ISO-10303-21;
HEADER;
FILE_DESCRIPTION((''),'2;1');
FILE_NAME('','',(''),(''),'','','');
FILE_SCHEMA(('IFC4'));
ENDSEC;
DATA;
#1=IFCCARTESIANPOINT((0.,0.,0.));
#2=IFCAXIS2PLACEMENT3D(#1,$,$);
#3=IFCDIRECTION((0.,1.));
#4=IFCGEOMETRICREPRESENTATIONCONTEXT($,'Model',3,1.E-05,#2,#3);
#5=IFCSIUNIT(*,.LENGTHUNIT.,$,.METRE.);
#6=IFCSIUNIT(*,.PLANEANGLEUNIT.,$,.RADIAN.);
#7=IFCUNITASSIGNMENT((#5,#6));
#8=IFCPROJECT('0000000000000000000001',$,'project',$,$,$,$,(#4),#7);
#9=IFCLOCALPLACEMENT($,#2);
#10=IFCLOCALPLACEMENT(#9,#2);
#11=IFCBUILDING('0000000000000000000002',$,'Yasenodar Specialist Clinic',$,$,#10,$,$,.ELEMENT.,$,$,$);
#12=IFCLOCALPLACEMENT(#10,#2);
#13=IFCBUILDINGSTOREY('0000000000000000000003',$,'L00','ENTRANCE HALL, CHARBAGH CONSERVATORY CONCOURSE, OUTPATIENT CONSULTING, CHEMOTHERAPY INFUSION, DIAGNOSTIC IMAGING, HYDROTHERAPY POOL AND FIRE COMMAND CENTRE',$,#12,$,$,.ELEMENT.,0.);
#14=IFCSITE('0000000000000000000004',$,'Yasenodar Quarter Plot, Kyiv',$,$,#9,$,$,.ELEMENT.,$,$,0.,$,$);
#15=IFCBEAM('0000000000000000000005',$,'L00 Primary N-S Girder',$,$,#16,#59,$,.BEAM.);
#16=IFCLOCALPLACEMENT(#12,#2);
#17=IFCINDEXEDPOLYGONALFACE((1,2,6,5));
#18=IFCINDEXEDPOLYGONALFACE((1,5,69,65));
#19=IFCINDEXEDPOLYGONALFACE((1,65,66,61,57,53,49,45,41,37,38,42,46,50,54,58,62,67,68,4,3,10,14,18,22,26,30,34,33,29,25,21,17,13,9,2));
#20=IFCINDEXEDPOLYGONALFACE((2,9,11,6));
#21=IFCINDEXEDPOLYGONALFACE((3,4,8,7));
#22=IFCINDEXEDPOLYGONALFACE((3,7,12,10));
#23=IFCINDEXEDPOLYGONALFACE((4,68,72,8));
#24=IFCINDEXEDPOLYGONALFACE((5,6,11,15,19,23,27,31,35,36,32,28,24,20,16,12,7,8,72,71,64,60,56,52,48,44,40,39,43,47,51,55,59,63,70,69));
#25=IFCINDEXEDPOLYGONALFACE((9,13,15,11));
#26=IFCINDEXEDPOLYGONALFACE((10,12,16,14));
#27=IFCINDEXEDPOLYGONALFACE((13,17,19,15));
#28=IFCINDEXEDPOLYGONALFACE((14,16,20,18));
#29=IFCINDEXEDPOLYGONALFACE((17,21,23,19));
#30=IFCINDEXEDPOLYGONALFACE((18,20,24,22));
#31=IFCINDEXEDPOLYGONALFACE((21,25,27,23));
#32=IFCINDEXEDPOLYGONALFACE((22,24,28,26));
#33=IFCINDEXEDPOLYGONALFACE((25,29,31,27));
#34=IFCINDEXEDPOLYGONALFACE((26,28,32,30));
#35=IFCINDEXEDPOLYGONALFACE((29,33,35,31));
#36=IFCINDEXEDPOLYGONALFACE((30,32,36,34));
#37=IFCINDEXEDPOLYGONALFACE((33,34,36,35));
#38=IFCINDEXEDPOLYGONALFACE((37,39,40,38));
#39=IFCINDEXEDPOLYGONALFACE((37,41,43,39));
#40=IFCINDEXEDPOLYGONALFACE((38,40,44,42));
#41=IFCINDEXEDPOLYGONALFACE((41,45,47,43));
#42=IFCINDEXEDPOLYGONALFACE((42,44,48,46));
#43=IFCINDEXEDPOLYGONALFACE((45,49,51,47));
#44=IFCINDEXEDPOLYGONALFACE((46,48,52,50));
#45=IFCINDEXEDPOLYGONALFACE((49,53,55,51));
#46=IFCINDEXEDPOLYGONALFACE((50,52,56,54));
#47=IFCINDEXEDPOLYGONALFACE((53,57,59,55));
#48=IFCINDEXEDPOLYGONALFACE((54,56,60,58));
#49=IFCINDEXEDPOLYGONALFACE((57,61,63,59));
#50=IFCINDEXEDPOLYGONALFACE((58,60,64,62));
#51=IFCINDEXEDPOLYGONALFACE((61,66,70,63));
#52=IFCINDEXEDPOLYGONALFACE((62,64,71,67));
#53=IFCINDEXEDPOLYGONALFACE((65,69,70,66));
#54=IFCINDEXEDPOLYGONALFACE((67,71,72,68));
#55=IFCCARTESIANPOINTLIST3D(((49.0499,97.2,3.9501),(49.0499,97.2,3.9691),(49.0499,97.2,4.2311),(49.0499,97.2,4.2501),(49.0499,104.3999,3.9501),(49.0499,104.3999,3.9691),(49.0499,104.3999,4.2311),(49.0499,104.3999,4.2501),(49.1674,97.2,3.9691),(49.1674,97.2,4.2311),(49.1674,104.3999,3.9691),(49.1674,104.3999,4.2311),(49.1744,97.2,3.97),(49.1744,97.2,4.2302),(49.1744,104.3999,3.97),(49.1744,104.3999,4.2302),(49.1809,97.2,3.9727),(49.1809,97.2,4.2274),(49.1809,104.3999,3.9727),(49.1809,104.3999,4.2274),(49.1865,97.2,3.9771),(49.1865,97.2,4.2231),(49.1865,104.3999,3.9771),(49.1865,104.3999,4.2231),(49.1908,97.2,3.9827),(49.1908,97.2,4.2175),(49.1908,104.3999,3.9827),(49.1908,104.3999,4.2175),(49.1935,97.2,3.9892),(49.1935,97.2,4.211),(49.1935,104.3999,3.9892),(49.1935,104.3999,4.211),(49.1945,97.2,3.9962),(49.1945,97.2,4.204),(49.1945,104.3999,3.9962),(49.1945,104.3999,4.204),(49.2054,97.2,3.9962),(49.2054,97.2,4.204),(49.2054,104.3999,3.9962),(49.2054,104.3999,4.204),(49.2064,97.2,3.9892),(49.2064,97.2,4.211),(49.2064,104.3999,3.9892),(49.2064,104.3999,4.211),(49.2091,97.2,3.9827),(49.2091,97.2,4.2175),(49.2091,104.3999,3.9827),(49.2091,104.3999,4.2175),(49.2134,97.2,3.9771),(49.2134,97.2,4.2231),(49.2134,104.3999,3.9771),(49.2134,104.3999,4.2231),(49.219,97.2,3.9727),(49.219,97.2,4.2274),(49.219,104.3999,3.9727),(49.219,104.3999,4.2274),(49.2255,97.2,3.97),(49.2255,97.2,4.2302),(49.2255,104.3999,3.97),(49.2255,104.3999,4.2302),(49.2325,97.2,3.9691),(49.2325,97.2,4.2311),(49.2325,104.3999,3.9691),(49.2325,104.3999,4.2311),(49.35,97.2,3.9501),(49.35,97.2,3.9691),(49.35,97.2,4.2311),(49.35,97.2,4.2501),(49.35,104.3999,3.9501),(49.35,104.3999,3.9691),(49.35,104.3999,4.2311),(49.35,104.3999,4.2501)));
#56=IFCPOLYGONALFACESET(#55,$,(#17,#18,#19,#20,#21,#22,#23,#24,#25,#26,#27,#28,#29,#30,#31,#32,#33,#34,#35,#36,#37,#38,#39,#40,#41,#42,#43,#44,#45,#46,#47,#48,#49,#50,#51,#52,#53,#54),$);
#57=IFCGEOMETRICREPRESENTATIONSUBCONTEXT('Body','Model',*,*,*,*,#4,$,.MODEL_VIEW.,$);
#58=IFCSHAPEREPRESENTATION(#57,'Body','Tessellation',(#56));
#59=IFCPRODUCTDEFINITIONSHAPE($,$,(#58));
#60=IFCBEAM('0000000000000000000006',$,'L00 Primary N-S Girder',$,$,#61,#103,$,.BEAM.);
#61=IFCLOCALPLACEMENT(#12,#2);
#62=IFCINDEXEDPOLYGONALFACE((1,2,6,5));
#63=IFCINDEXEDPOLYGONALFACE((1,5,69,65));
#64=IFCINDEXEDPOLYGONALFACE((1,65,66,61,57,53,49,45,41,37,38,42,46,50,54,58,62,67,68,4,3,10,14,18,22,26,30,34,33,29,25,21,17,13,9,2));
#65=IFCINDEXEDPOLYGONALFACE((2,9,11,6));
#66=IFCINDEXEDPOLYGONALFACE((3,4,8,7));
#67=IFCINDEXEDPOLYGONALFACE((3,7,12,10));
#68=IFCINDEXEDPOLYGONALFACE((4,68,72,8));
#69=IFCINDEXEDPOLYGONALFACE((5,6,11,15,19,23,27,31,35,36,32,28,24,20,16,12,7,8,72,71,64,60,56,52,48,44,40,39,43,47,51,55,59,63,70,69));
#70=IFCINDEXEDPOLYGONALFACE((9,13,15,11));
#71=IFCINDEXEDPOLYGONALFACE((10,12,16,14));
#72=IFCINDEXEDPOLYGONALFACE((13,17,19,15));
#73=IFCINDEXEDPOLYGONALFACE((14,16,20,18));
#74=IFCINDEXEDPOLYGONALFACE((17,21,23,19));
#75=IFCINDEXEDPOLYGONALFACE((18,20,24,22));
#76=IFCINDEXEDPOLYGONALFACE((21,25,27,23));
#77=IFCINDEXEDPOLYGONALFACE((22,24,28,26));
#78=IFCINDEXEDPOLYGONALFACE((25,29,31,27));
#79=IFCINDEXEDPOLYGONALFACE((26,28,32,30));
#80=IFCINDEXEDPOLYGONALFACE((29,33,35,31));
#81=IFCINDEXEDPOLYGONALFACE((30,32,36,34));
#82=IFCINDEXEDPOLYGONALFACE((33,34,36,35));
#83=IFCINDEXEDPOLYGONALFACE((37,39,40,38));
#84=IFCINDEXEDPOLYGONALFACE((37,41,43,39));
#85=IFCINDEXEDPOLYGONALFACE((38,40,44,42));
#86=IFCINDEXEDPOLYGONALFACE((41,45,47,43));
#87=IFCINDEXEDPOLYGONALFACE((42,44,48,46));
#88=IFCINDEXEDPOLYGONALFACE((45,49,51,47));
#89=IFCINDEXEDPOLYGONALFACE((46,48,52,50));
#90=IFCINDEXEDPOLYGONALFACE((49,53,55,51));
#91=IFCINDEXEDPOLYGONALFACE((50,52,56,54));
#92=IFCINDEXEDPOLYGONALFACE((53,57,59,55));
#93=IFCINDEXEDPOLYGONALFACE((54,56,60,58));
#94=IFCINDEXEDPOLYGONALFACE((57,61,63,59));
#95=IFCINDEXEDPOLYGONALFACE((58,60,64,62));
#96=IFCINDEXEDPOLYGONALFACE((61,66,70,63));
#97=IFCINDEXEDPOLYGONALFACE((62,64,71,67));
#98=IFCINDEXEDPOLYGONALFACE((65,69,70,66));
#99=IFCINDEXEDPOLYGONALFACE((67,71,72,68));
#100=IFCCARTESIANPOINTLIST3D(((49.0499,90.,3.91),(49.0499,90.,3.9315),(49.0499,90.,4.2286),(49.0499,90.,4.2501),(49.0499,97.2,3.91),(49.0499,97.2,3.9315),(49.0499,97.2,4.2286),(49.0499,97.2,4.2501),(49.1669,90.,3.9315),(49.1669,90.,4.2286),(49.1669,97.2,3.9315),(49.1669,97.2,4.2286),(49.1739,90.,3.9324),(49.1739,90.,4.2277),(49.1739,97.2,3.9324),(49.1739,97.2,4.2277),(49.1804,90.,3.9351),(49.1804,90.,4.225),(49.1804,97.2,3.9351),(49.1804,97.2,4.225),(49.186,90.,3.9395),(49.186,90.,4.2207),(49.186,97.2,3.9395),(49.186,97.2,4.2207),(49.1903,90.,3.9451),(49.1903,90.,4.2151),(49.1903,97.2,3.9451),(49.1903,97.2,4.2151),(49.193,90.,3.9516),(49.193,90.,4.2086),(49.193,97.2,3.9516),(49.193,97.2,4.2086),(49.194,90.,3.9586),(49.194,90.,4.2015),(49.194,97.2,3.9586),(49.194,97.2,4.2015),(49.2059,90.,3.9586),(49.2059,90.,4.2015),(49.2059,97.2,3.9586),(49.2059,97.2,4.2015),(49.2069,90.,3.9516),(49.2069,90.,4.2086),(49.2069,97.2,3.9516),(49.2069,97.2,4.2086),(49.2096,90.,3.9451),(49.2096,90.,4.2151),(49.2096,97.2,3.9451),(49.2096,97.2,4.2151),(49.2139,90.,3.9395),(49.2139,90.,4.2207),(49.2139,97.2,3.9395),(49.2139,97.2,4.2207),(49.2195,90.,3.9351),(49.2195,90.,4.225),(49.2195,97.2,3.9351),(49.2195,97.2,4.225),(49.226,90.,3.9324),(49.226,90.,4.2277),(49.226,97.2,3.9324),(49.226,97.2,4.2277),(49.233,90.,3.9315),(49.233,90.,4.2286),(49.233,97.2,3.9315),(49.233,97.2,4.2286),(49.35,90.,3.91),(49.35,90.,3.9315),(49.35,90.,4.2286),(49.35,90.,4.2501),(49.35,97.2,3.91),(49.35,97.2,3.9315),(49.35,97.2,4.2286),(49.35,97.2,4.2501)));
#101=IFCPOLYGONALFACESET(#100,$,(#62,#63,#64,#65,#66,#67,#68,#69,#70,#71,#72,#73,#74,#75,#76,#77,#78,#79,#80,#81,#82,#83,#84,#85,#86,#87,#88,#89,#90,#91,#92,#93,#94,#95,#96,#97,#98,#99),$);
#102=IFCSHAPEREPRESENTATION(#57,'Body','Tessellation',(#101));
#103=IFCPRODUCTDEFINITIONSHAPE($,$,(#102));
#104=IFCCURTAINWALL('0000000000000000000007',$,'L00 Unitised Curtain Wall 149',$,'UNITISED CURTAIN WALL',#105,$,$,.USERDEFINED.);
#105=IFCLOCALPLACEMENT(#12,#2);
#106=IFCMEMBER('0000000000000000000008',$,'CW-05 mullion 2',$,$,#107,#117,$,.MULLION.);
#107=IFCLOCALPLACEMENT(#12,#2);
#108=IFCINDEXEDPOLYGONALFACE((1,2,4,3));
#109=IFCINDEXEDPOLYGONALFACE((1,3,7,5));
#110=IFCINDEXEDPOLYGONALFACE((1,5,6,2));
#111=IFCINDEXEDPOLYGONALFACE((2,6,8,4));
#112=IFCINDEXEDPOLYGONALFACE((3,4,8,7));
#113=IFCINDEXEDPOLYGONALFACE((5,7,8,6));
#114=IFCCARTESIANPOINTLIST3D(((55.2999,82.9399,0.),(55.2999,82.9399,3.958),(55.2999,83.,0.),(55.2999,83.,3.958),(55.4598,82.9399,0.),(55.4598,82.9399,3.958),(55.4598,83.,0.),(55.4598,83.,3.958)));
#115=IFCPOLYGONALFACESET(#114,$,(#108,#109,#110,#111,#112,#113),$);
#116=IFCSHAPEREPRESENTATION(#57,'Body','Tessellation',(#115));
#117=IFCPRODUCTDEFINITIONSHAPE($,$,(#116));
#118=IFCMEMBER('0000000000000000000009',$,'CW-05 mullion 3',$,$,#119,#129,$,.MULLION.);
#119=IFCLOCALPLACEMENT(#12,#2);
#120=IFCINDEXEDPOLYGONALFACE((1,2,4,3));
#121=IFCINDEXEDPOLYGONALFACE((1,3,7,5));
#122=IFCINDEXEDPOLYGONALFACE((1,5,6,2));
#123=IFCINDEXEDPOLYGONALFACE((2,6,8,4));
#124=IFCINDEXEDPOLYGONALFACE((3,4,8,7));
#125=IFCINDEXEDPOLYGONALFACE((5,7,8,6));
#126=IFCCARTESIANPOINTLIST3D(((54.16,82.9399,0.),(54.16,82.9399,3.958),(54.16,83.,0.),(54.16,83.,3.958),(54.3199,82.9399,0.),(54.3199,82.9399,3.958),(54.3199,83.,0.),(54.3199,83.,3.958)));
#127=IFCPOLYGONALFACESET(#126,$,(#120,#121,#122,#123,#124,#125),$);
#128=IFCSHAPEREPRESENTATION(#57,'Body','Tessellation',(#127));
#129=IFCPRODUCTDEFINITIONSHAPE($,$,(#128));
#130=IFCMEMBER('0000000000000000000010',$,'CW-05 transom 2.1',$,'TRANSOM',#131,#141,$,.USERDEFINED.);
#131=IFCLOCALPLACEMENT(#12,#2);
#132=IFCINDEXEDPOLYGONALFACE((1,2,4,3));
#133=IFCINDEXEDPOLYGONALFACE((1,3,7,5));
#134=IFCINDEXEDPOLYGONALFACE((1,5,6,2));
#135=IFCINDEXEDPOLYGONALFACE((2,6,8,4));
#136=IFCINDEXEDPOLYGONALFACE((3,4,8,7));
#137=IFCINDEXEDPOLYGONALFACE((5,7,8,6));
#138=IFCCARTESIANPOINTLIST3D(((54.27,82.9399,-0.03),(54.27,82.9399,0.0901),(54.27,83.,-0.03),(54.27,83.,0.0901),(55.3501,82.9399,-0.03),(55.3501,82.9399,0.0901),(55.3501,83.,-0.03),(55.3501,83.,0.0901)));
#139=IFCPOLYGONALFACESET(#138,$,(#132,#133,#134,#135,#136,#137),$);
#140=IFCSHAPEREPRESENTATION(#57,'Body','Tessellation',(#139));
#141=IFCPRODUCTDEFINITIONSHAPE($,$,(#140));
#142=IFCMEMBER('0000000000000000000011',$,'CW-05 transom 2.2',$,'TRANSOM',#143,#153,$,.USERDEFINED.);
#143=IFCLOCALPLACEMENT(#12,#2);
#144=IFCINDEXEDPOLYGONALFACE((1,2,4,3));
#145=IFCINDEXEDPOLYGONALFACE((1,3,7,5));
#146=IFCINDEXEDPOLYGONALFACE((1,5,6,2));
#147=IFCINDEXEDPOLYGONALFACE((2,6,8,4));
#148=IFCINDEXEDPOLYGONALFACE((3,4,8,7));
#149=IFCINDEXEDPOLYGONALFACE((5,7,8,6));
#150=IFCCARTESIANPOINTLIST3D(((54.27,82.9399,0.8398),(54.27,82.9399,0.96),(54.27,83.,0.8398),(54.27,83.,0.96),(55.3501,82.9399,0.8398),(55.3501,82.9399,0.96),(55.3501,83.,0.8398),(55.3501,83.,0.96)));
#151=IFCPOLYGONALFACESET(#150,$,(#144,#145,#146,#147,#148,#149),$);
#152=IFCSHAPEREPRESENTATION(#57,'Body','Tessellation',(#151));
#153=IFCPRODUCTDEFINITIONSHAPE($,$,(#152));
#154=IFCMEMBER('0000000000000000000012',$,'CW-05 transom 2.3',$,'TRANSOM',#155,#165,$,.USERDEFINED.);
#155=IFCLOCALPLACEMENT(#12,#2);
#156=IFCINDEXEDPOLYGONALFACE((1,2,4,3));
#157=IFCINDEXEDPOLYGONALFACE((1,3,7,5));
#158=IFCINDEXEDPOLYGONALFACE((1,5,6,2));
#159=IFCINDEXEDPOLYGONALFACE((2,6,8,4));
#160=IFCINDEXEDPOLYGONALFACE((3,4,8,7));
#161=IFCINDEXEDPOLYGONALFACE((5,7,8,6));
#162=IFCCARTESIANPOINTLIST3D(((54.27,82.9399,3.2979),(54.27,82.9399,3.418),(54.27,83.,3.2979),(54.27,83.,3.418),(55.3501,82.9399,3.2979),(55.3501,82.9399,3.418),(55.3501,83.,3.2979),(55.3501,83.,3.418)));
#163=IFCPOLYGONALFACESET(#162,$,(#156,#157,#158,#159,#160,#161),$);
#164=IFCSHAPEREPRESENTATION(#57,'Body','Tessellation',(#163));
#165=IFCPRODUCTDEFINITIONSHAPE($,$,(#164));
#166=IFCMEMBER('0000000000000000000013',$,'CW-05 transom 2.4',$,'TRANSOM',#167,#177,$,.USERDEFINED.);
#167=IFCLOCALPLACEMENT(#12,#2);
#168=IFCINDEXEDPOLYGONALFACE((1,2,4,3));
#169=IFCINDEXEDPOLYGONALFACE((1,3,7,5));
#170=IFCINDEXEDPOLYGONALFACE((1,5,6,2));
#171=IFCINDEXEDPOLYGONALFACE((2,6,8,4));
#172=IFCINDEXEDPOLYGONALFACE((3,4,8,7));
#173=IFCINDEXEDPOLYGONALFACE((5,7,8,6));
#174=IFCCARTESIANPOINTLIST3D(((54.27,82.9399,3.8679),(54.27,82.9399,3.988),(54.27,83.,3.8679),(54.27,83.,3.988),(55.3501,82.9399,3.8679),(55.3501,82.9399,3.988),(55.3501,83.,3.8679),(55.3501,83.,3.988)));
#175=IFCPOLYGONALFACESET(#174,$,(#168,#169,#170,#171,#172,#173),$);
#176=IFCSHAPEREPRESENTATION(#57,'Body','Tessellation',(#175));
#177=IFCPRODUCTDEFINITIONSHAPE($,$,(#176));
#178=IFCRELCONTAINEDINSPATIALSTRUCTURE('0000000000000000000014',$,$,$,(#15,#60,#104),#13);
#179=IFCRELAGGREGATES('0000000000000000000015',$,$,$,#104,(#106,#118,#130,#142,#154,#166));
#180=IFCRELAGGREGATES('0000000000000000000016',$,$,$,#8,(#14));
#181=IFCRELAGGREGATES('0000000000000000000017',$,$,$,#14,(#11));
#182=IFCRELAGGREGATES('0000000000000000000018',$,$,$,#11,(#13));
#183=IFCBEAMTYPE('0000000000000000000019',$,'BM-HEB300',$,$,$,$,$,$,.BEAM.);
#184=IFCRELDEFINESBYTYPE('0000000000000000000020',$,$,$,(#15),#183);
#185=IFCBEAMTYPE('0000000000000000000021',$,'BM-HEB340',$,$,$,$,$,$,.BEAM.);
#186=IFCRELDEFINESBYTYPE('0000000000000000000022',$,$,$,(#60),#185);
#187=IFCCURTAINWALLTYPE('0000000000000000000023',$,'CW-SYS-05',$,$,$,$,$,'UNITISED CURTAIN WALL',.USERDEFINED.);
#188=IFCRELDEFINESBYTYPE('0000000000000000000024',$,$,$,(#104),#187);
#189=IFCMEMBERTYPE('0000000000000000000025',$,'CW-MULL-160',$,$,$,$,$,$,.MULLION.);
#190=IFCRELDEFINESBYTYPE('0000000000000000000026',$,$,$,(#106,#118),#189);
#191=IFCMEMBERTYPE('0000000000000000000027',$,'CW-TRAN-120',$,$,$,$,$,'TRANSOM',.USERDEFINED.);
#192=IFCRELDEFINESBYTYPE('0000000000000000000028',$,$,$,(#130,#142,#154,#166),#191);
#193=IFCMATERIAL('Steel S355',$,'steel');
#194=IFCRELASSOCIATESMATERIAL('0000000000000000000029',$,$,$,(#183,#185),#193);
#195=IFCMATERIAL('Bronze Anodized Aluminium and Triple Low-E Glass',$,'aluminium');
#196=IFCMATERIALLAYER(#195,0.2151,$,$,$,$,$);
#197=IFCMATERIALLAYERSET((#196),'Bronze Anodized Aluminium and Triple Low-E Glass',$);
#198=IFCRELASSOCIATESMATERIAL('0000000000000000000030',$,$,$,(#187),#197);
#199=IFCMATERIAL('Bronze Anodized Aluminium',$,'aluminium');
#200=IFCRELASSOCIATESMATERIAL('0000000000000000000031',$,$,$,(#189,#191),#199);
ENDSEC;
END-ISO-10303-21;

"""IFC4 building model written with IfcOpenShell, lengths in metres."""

from ifc_helpers import new_model, si_unit, direction, frame, origin, origin_2d, place, context, subcontext, project, spatial, rectangle, i_section, extrude, material, layer, layer_set, material_profile, profile_set, type_object, element, aggregate, save


model = new_model("IFC4")

# Units and contexts
model_context = context("Model", 3, precision=1e-05, world=origin(), true_north=direction((0.0, 1.0)))
body_context = subcontext(model_context, "Body", "Model", "MODEL_VIEW")
ifc_project = project(units=[si_unit("LENGTHUNIT", "METRE"), si_unit("PLANEANGLEUNIT", "RADIAN")], contexts=[model_context])

# Site, building, storey
site_placement = place(None, origin())
site = spatial("IfcSite", under=ifc_project, at=site_placement, Name="Yasenodar Quarter Plot, Kyiv", CompositionType="ELEMENT", RefElevation=0.0)
building_placement = place(site_placement, origin())
building = spatial("IfcBuilding", under=site, at=building_placement, Name="Yasenodar Specialist Clinic", CompositionType="ELEMENT")
storey_placement = place(building_placement, origin())
storey = spatial("IfcBuildingStorey", under=building, at=storey_placement, Name="L00", Description="ENTRANCE HALL, CHARBAGH CONSERVATORY CONCOURSE, OUTPATIENT CONSULTING, CHEMOTHERAPY INFUSION, DIAGNOSTIC IMAGING, HYDROTHERAPY POOL AND FIRE COMMAND CENTRE", CompositionType="ELEMENT", Elevation=0.0)

# Shared definitions
ifc_material_1 = material(Name="Steel S355", Category="steel")

# Beams
ifc_material_profile_1 = material_profile(ifc_material_1, i_section(OverallWidth=0.3, OverallDepth=0.3, WebThickness=0.011, FlangeThickness=0.019, FilletRadius=0.0271, at=origin_2d()), Name="HEB 300")
ifc_profile_set_1 = profile_set([ifc_material_profile_1], Name="Steel S355")
beam_type_1 = type_object("IfcBeamType", Name="BM-HEB300", PredefinedType="BEAM", material=ifc_profile_set_1)
beam_1_placement = place(storey_placement, frame((49.2, 97.2, 4.1001), z_axis=(0.0, 1.0, 0.0), x_axis=(-1.0, 0.0, 0.0)))
element("IfcBeam", 1, at=beam_1_placement, inside=storey, type_object=beam_type_1, Name="L00 Primary N-S Girder", PredefinedType="BEAM", context=body_context, shape_type="SweptSolid", body=[
    extrude(i_section(OverallWidth=0.3, OverallDepth=0.3, WebThickness=0.011, FlangeThickness=0.019, FilletRadius=0.0271, at=origin_2d()), origin(), (0.0, 0.0, 1.0), 7.2),
])
ifc_material_profile_2 = material_profile(ifc_material_1, i_section(OverallWidth=0.3, OverallDepth=0.3401, WebThickness=0.012, FlangeThickness=0.0215, FilletRadius=0.0271, at=origin_2d()), Name="HEB 340")
ifc_profile_set_2 = profile_set([ifc_material_profile_2], Name="Steel S355")
beam_type_2 = type_object("IfcBeamType", Name="BM-HEB340", PredefinedType="BEAM", material=ifc_profile_set_2)
beam_2_placement = place(storey_placement, frame((49.2, 90.0, 4.0801), z_axis=(0.0, 1.0, 0.0), x_axis=(-1.0, 0.0, 0.0)))
element("IfcBeam", 2, at=beam_2_placement, inside=storey, type_object=beam_type_2, Name="L00 Primary N-S Girder", PredefinedType="BEAM", context=body_context, shape_type="SweptSolid", body=[
    extrude(i_section(OverallWidth=0.3, OverallDepth=0.3401, WebThickness=0.012, FlangeThickness=0.0215, FilletRadius=0.0271, at=origin_2d()), origin(), (0.0, 0.0, 1.0), 7.2),
])

# Curtain wall, members
ifc_material_2 = material(Name="Bronze Anodized Aluminium and Triple Low-E Glass", Category="aluminium")
ifc_layer_1 = layer(ifc_material_2, 0.2151)
ifc_layer_set_1 = layer_set([ifc_layer_1], Name="Bronze Anodized Aluminium and Triple Low-E Glass")
curtain_wall_type = type_object("IfcCurtainWallType", Name="CW-SYS-05", ElementType="UNITISED CURTAIN WALL", PredefinedType="USERDEFINED", material=ifc_layer_set_1)
curtain_wall_placement = place(storey_placement, origin())
curtain_wall = element("IfcCurtainWall", 3, at=curtain_wall_placement, inside=storey, type_object=curtain_wall_type, Name="L00 Unitised Curtain Wall 149", ObjectType="UNITISED CURTAIN WALL", PredefinedType="USERDEFINED")
ifc_material_3 = material(Name="Bronze Anodized Aluminium", Category="aluminium")
ifc_material_profile_3 = material_profile(ifc_material_3, rectangle(XDim=0.0601, YDim=0.1599, at=origin_2d()), Name="CW-MULL 60x160")
ifc_profile_set_3 = profile_set([ifc_material_profile_3], Name="Bronze Anodized Aluminium")
member_type_1 = type_object("IfcMemberType", Name="CW-MULL-160", PredefinedType="MULLION", material=ifc_profile_set_3)
member_1_placement = place(storey_placement, frame((55.3799, 82.97, 0.0), z_axis=(0.0, 0.0, 1.0), x_axis=(0.0, -1.0, 0.0)))
member_1 = element("IfcMember", 4, at=member_1_placement, type_object=member_type_1, Name="CW-05 mullion 2", PredefinedType="MULLION", context=body_context, shape_type="SweptSolid", body=[
    extrude(rectangle(XDim=0.0601, YDim=0.1599, at=origin_2d()), origin(), (0.0, 0.0, 1.0), 3.958),
])
member_2_placement = place(storey_placement, frame((54.24, 82.97, 0.0), z_axis=(0.0, 0.0, 1.0), x_axis=(0.0, -1.0, 0.0)))
member_2 = element("IfcMember", 5, at=member_2_placement, type_object=member_type_1, Name="CW-05 mullion 3", PredefinedType="MULLION", context=body_context, shape_type="SweptSolid", body=[
    extrude(rectangle(XDim=0.0601, YDim=0.1599, at=origin_2d()), origin(), (0.0, 0.0, 1.0), 3.958),
])
ifc_material_profile_4 = material_profile(ifc_material_3, rectangle(XDim=0.0601, YDim=0.1201, at=origin_2d()), Name="CW-TRAN 60x120")
ifc_profile_set_4 = profile_set([ifc_material_profile_4], Name="Bronze Anodized Aluminium")
member_type_2 = type_object("IfcMemberType", Name="CW-TRAN-120", ElementType="TRANSOM", PredefinedType="USERDEFINED", material=ifc_profile_set_4)
member_3_placement = place(storey_placement, frame((55.3501, 82.97, 0.03), z_axis=(-1.0, 0.0, 0.0), x_axis=(0.0, -1.0, 0.0)))
member_3 = element("IfcMember", 6, at=member_3_placement, type_object=member_type_2, Name="CW-05 transom 2.1", ObjectType="TRANSOM", PredefinedType="USERDEFINED", context=body_context, shape_type="SweptSolid", body=[
    extrude(rectangle(XDim=0.0601, YDim=0.1201, at=origin_2d()), origin(), (0.0, 0.0, 1.0), 1.0801),
])
member_4_placement = place(storey_placement, frame((55.3501, 82.97, 0.8999), z_axis=(-1.0, 0.0, 0.0), x_axis=(0.0, -1.0, 0.0)))
member_4 = element("IfcMember", 7, at=member_4_placement, type_object=member_type_2, Name="CW-05 transom 2.2", ObjectType="TRANSOM", PredefinedType="USERDEFINED", context=body_context, shape_type="SweptSolid", body=[
    extrude(rectangle(XDim=0.0601, YDim=0.1201, at=origin_2d()), origin(), (0.0, 0.0, 1.0), 1.0801),
])
member_5_placement = place(storey_placement, frame((55.3501, 82.97, 3.3579), z_axis=(-1.0, 0.0, 0.0), x_axis=(0.0, -1.0, 0.0)))
member_5 = element("IfcMember", 8, at=member_5_placement, type_object=member_type_2, Name="CW-05 transom 2.3", ObjectType="TRANSOM", PredefinedType="USERDEFINED", context=body_context, shape_type="SweptSolid", body=[
    extrude(rectangle(XDim=0.0601, YDim=0.1201, at=origin_2d()), origin(), (0.0, 0.0, 1.0), 1.0801),
])
member_6_placement = place(storey_placement, frame((55.3501, 82.97, 3.928), z_axis=(-1.0, 0.0, 0.0), x_axis=(0.0, -1.0, 0.0)))
member_6 = element("IfcMember", 9, at=member_6_placement, type_object=member_type_2, Name="CW-05 transom 2.4", ObjectType="TRANSOM", PredefinedType="USERDEFINED", context=body_context, shape_type="SweptSolid", body=[
    extrude(rectangle(XDim=0.0601, YDim=0.1201, at=origin_2d()), origin(), (0.0, 0.0, 1.0), 1.0801),
])

aggregate(curtain_wall, [member_1, member_2, member_3, member_4, member_5, member_6])

save(model, "model.ifc")
